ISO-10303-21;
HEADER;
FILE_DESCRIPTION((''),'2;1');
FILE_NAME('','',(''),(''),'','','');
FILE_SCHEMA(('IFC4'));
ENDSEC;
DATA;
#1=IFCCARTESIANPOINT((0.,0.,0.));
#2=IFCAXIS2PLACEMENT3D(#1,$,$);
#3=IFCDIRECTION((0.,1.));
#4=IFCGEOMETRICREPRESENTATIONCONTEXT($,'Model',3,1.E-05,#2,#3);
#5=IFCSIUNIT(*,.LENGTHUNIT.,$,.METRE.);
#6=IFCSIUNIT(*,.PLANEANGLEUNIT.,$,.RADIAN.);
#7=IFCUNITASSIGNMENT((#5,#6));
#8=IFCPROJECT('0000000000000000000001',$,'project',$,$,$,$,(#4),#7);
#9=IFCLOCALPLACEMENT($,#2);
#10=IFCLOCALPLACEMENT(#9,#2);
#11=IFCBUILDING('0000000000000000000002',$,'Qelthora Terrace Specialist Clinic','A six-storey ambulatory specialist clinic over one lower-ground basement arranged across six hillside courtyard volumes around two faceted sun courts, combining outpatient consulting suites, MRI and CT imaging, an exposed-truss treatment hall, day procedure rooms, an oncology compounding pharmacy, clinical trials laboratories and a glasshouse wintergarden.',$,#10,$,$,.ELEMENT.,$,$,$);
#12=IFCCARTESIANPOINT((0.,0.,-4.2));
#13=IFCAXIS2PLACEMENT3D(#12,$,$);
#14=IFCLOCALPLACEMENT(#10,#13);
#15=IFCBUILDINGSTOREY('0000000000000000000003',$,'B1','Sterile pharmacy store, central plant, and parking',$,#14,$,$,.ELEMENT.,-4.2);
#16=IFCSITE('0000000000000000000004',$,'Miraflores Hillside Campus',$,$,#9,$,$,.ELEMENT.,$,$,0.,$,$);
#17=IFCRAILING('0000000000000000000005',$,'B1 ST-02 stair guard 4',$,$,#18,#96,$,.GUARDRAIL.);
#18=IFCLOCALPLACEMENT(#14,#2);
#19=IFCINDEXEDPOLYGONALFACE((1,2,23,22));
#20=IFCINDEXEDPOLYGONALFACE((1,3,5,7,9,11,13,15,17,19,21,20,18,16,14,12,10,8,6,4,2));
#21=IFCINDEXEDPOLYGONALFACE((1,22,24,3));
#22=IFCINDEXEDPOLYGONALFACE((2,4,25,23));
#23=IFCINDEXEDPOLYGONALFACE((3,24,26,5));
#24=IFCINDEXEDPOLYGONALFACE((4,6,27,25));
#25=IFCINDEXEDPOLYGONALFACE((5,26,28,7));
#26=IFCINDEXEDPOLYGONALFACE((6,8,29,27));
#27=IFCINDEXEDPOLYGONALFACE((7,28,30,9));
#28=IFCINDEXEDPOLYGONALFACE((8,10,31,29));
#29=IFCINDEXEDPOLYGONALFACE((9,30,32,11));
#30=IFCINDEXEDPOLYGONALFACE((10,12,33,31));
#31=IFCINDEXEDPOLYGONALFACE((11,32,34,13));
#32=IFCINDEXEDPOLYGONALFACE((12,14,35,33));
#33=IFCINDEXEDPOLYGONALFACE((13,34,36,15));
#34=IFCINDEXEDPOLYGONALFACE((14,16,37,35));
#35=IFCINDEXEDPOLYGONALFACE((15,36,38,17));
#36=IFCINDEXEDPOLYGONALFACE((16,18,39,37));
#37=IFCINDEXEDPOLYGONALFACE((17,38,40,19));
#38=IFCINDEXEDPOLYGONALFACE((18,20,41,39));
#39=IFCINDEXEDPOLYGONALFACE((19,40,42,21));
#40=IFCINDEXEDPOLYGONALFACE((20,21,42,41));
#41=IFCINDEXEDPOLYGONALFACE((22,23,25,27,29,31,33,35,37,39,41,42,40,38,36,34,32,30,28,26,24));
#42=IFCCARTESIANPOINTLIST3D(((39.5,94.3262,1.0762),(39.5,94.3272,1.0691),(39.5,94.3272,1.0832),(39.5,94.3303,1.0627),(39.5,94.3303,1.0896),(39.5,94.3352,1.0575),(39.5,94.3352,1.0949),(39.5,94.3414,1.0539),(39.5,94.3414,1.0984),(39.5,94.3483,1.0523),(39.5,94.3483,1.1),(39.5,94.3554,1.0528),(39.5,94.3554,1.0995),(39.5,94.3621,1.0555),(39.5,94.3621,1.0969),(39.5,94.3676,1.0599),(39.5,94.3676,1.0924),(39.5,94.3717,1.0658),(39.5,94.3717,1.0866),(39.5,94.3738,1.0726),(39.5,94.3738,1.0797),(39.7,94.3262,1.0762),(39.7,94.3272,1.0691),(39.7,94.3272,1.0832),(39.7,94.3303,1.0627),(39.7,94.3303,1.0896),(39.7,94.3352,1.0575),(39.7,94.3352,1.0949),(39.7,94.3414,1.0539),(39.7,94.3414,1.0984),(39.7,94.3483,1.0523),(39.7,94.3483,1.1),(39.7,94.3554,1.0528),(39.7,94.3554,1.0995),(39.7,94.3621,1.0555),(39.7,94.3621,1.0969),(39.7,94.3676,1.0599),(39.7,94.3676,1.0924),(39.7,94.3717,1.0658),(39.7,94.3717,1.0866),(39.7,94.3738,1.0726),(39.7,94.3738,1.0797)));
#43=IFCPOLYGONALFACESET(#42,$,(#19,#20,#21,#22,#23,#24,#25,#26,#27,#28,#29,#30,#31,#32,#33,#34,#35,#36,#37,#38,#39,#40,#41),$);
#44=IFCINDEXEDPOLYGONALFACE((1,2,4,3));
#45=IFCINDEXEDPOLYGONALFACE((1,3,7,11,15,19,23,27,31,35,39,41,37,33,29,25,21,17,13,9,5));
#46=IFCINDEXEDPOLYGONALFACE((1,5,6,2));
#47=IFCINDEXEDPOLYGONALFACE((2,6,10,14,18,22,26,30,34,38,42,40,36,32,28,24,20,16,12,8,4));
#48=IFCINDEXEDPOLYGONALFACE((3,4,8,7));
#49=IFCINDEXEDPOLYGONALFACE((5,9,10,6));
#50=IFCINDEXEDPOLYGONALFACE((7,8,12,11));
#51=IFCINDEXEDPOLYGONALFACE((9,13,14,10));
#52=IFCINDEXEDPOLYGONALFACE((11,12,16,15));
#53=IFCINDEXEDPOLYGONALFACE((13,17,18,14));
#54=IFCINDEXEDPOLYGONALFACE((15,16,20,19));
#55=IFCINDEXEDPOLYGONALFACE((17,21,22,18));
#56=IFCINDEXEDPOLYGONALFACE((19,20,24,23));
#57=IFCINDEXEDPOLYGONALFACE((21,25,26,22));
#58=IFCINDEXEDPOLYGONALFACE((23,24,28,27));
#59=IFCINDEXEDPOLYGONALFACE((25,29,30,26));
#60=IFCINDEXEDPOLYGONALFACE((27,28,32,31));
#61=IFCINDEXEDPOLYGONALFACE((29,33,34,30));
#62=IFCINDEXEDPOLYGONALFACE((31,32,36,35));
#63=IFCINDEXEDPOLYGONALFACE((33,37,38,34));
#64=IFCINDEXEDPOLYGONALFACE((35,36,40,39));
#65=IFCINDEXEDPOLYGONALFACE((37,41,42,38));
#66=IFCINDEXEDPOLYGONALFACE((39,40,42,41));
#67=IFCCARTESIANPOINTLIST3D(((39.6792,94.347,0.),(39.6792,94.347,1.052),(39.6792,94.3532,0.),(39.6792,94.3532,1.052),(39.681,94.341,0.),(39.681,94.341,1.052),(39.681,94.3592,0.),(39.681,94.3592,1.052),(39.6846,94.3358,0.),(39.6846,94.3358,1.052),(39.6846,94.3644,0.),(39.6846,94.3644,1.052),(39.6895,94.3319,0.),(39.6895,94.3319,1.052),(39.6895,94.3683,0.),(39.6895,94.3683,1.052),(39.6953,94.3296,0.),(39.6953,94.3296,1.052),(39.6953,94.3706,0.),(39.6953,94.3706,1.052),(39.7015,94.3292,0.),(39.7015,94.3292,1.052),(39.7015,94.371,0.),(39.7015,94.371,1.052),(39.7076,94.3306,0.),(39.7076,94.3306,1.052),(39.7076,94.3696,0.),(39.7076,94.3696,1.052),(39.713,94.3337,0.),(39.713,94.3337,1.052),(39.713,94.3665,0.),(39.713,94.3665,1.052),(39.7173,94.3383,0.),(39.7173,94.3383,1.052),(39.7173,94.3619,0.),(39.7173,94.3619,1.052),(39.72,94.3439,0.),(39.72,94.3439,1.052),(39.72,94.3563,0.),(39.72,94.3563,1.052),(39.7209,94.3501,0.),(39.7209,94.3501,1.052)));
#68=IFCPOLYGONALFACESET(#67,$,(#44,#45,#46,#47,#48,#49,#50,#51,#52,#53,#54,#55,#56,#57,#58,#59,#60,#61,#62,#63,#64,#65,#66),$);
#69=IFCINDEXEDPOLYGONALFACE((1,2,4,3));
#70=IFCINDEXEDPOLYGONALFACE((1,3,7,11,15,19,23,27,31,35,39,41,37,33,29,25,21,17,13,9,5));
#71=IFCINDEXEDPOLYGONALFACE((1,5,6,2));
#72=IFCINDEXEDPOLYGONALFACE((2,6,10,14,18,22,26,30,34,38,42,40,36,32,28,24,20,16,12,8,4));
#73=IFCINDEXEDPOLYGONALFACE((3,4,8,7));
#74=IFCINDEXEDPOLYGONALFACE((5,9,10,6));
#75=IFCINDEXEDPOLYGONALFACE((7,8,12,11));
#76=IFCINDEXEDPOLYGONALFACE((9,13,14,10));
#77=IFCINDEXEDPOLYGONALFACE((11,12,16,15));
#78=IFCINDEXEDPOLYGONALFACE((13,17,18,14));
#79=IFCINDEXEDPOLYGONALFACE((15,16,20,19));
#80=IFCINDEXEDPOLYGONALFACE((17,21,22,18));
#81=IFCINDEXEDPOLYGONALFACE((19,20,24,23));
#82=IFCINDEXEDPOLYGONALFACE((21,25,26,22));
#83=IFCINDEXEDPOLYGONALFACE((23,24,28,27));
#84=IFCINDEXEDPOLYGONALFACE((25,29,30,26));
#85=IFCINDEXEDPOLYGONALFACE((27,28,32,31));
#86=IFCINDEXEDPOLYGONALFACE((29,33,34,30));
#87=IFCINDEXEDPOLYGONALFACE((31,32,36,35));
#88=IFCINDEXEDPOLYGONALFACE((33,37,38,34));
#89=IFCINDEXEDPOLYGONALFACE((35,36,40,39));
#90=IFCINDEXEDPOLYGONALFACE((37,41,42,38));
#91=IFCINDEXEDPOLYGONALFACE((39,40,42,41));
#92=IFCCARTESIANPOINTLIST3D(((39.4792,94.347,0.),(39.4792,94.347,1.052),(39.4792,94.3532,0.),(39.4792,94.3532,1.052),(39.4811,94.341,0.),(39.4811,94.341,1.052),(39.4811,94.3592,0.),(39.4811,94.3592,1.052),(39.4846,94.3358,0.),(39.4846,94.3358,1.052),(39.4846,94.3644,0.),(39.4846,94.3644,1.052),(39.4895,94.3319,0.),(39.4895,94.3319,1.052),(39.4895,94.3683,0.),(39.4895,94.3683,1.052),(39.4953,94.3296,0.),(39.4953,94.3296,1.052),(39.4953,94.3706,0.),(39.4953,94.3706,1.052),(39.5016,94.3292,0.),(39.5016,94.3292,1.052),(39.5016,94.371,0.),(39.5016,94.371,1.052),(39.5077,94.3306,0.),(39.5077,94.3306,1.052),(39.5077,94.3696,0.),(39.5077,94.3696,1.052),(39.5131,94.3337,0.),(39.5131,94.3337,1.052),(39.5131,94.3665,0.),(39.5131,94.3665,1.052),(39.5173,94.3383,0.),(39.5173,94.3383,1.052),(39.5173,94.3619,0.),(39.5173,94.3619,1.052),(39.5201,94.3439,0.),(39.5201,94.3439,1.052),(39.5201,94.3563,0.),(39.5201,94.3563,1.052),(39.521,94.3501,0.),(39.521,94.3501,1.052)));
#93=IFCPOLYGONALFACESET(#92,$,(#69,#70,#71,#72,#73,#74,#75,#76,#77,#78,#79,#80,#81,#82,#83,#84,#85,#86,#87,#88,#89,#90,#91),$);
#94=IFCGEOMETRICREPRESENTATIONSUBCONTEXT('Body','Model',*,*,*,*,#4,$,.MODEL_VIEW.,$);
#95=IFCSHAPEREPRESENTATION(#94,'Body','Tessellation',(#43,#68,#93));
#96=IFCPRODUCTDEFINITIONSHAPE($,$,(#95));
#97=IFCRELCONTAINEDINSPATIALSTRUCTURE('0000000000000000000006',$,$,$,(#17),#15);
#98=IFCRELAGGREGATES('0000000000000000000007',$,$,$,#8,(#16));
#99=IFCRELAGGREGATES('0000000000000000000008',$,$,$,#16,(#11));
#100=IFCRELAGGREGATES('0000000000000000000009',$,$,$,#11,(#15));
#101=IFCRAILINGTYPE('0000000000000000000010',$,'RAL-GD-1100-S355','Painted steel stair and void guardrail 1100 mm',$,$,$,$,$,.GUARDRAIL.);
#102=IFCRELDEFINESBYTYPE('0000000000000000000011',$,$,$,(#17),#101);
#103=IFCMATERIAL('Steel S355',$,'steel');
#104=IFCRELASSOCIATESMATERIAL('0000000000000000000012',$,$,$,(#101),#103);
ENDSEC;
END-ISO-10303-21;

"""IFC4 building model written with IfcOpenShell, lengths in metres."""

from ifc_helpers import new_model, si_unit, direction, frame, origin, origin_2d, place, context, subcontext, project, spatial, circle, extrude, material, type_object, element, save


model = new_model("IFC4")

# Units and contexts
model_context = context("Model", 3, precision=1e-05, world=origin(), true_north=direction((0.0, 1.0)))
body_context = subcontext(model_context, "Body", "Model", "MODEL_VIEW")
ifc_project = project(units=[si_unit("LENGTHUNIT", "METRE"), si_unit("PLANEANGLEUNIT", "RADIAN")], contexts=[model_context])

# Site, building, storey
site_placement = place(None, origin())
site = spatial("IfcSite", under=ifc_project, at=site_placement, Name="Miraflores Hillside Campus", CompositionType="ELEMENT", RefElevation=0.0)
building_placement = place(site_placement, origin())
building = spatial("IfcBuilding", under=site, at=building_placement, Name="Qelthora Terrace Specialist Clinic", Description="A six-storey ambulatory specialist clinic over one lower-ground basement arranged across six hillside courtyard volumes around two faceted sun courts, combining outpatient consulting suites, MRI and CT imaging, an exposed-truss treatment hall, day procedure rooms, an oncology compounding pharmacy, clinical trials laboratories and a glasshouse wintergarden.", CompositionType="ELEMENT")
storey_placement = place(building_placement, frame((0.0, 0.0, -4.2)))
storey = spatial("IfcBuildingStorey", under=building, at=storey_placement, Name="B1", Description="Sterile pharmacy store, central plant, and parking", CompositionType="ELEMENT", Elevation=-4.2)

# Shared definitions
ifc_material_1 = material(Name="Steel S355", Category="steel")

# Railing
railing_type_1 = type_object("IfcRailingType", Name="RAL-GD-1100-S355", Description="Painted steel stair and void guardrail 1100 mm", PredefinedType="GUARDRAIL", material=ifc_material_1)
railing_1_placement = place(storey_placement, frame((39.7, 94.3501, 0.0)))
element("IfcRailing", 1, at=railing_1_placement, inside=storey, type_object=railing_type_1, Name="B1 ST-02 stair guard 4", PredefinedType="GUARDRAIL", context=body_context, shape_type="SweptSolid", body=[
    extrude(circle(Radius=0.0239, at=origin_2d()), frame((0.0, 0.0, 1.0762), z_axis=(-1.0, 0.0, 0.0), x_axis=(0.0, -1.0, 0.0)), (0.0, 0.0, 1.0), 0.2),
    extrude(circle(Radius=0.021, at=origin_2d()), origin(), (0.0, 0.0, 1.0), 1.052),
    extrude(circle(Radius=0.021, at=origin_2d()), frame((-0.2, 0.0, 0.0)), (0.0, 0.0, 1.0), 1.052),
])

save(model, "model.ifc")
